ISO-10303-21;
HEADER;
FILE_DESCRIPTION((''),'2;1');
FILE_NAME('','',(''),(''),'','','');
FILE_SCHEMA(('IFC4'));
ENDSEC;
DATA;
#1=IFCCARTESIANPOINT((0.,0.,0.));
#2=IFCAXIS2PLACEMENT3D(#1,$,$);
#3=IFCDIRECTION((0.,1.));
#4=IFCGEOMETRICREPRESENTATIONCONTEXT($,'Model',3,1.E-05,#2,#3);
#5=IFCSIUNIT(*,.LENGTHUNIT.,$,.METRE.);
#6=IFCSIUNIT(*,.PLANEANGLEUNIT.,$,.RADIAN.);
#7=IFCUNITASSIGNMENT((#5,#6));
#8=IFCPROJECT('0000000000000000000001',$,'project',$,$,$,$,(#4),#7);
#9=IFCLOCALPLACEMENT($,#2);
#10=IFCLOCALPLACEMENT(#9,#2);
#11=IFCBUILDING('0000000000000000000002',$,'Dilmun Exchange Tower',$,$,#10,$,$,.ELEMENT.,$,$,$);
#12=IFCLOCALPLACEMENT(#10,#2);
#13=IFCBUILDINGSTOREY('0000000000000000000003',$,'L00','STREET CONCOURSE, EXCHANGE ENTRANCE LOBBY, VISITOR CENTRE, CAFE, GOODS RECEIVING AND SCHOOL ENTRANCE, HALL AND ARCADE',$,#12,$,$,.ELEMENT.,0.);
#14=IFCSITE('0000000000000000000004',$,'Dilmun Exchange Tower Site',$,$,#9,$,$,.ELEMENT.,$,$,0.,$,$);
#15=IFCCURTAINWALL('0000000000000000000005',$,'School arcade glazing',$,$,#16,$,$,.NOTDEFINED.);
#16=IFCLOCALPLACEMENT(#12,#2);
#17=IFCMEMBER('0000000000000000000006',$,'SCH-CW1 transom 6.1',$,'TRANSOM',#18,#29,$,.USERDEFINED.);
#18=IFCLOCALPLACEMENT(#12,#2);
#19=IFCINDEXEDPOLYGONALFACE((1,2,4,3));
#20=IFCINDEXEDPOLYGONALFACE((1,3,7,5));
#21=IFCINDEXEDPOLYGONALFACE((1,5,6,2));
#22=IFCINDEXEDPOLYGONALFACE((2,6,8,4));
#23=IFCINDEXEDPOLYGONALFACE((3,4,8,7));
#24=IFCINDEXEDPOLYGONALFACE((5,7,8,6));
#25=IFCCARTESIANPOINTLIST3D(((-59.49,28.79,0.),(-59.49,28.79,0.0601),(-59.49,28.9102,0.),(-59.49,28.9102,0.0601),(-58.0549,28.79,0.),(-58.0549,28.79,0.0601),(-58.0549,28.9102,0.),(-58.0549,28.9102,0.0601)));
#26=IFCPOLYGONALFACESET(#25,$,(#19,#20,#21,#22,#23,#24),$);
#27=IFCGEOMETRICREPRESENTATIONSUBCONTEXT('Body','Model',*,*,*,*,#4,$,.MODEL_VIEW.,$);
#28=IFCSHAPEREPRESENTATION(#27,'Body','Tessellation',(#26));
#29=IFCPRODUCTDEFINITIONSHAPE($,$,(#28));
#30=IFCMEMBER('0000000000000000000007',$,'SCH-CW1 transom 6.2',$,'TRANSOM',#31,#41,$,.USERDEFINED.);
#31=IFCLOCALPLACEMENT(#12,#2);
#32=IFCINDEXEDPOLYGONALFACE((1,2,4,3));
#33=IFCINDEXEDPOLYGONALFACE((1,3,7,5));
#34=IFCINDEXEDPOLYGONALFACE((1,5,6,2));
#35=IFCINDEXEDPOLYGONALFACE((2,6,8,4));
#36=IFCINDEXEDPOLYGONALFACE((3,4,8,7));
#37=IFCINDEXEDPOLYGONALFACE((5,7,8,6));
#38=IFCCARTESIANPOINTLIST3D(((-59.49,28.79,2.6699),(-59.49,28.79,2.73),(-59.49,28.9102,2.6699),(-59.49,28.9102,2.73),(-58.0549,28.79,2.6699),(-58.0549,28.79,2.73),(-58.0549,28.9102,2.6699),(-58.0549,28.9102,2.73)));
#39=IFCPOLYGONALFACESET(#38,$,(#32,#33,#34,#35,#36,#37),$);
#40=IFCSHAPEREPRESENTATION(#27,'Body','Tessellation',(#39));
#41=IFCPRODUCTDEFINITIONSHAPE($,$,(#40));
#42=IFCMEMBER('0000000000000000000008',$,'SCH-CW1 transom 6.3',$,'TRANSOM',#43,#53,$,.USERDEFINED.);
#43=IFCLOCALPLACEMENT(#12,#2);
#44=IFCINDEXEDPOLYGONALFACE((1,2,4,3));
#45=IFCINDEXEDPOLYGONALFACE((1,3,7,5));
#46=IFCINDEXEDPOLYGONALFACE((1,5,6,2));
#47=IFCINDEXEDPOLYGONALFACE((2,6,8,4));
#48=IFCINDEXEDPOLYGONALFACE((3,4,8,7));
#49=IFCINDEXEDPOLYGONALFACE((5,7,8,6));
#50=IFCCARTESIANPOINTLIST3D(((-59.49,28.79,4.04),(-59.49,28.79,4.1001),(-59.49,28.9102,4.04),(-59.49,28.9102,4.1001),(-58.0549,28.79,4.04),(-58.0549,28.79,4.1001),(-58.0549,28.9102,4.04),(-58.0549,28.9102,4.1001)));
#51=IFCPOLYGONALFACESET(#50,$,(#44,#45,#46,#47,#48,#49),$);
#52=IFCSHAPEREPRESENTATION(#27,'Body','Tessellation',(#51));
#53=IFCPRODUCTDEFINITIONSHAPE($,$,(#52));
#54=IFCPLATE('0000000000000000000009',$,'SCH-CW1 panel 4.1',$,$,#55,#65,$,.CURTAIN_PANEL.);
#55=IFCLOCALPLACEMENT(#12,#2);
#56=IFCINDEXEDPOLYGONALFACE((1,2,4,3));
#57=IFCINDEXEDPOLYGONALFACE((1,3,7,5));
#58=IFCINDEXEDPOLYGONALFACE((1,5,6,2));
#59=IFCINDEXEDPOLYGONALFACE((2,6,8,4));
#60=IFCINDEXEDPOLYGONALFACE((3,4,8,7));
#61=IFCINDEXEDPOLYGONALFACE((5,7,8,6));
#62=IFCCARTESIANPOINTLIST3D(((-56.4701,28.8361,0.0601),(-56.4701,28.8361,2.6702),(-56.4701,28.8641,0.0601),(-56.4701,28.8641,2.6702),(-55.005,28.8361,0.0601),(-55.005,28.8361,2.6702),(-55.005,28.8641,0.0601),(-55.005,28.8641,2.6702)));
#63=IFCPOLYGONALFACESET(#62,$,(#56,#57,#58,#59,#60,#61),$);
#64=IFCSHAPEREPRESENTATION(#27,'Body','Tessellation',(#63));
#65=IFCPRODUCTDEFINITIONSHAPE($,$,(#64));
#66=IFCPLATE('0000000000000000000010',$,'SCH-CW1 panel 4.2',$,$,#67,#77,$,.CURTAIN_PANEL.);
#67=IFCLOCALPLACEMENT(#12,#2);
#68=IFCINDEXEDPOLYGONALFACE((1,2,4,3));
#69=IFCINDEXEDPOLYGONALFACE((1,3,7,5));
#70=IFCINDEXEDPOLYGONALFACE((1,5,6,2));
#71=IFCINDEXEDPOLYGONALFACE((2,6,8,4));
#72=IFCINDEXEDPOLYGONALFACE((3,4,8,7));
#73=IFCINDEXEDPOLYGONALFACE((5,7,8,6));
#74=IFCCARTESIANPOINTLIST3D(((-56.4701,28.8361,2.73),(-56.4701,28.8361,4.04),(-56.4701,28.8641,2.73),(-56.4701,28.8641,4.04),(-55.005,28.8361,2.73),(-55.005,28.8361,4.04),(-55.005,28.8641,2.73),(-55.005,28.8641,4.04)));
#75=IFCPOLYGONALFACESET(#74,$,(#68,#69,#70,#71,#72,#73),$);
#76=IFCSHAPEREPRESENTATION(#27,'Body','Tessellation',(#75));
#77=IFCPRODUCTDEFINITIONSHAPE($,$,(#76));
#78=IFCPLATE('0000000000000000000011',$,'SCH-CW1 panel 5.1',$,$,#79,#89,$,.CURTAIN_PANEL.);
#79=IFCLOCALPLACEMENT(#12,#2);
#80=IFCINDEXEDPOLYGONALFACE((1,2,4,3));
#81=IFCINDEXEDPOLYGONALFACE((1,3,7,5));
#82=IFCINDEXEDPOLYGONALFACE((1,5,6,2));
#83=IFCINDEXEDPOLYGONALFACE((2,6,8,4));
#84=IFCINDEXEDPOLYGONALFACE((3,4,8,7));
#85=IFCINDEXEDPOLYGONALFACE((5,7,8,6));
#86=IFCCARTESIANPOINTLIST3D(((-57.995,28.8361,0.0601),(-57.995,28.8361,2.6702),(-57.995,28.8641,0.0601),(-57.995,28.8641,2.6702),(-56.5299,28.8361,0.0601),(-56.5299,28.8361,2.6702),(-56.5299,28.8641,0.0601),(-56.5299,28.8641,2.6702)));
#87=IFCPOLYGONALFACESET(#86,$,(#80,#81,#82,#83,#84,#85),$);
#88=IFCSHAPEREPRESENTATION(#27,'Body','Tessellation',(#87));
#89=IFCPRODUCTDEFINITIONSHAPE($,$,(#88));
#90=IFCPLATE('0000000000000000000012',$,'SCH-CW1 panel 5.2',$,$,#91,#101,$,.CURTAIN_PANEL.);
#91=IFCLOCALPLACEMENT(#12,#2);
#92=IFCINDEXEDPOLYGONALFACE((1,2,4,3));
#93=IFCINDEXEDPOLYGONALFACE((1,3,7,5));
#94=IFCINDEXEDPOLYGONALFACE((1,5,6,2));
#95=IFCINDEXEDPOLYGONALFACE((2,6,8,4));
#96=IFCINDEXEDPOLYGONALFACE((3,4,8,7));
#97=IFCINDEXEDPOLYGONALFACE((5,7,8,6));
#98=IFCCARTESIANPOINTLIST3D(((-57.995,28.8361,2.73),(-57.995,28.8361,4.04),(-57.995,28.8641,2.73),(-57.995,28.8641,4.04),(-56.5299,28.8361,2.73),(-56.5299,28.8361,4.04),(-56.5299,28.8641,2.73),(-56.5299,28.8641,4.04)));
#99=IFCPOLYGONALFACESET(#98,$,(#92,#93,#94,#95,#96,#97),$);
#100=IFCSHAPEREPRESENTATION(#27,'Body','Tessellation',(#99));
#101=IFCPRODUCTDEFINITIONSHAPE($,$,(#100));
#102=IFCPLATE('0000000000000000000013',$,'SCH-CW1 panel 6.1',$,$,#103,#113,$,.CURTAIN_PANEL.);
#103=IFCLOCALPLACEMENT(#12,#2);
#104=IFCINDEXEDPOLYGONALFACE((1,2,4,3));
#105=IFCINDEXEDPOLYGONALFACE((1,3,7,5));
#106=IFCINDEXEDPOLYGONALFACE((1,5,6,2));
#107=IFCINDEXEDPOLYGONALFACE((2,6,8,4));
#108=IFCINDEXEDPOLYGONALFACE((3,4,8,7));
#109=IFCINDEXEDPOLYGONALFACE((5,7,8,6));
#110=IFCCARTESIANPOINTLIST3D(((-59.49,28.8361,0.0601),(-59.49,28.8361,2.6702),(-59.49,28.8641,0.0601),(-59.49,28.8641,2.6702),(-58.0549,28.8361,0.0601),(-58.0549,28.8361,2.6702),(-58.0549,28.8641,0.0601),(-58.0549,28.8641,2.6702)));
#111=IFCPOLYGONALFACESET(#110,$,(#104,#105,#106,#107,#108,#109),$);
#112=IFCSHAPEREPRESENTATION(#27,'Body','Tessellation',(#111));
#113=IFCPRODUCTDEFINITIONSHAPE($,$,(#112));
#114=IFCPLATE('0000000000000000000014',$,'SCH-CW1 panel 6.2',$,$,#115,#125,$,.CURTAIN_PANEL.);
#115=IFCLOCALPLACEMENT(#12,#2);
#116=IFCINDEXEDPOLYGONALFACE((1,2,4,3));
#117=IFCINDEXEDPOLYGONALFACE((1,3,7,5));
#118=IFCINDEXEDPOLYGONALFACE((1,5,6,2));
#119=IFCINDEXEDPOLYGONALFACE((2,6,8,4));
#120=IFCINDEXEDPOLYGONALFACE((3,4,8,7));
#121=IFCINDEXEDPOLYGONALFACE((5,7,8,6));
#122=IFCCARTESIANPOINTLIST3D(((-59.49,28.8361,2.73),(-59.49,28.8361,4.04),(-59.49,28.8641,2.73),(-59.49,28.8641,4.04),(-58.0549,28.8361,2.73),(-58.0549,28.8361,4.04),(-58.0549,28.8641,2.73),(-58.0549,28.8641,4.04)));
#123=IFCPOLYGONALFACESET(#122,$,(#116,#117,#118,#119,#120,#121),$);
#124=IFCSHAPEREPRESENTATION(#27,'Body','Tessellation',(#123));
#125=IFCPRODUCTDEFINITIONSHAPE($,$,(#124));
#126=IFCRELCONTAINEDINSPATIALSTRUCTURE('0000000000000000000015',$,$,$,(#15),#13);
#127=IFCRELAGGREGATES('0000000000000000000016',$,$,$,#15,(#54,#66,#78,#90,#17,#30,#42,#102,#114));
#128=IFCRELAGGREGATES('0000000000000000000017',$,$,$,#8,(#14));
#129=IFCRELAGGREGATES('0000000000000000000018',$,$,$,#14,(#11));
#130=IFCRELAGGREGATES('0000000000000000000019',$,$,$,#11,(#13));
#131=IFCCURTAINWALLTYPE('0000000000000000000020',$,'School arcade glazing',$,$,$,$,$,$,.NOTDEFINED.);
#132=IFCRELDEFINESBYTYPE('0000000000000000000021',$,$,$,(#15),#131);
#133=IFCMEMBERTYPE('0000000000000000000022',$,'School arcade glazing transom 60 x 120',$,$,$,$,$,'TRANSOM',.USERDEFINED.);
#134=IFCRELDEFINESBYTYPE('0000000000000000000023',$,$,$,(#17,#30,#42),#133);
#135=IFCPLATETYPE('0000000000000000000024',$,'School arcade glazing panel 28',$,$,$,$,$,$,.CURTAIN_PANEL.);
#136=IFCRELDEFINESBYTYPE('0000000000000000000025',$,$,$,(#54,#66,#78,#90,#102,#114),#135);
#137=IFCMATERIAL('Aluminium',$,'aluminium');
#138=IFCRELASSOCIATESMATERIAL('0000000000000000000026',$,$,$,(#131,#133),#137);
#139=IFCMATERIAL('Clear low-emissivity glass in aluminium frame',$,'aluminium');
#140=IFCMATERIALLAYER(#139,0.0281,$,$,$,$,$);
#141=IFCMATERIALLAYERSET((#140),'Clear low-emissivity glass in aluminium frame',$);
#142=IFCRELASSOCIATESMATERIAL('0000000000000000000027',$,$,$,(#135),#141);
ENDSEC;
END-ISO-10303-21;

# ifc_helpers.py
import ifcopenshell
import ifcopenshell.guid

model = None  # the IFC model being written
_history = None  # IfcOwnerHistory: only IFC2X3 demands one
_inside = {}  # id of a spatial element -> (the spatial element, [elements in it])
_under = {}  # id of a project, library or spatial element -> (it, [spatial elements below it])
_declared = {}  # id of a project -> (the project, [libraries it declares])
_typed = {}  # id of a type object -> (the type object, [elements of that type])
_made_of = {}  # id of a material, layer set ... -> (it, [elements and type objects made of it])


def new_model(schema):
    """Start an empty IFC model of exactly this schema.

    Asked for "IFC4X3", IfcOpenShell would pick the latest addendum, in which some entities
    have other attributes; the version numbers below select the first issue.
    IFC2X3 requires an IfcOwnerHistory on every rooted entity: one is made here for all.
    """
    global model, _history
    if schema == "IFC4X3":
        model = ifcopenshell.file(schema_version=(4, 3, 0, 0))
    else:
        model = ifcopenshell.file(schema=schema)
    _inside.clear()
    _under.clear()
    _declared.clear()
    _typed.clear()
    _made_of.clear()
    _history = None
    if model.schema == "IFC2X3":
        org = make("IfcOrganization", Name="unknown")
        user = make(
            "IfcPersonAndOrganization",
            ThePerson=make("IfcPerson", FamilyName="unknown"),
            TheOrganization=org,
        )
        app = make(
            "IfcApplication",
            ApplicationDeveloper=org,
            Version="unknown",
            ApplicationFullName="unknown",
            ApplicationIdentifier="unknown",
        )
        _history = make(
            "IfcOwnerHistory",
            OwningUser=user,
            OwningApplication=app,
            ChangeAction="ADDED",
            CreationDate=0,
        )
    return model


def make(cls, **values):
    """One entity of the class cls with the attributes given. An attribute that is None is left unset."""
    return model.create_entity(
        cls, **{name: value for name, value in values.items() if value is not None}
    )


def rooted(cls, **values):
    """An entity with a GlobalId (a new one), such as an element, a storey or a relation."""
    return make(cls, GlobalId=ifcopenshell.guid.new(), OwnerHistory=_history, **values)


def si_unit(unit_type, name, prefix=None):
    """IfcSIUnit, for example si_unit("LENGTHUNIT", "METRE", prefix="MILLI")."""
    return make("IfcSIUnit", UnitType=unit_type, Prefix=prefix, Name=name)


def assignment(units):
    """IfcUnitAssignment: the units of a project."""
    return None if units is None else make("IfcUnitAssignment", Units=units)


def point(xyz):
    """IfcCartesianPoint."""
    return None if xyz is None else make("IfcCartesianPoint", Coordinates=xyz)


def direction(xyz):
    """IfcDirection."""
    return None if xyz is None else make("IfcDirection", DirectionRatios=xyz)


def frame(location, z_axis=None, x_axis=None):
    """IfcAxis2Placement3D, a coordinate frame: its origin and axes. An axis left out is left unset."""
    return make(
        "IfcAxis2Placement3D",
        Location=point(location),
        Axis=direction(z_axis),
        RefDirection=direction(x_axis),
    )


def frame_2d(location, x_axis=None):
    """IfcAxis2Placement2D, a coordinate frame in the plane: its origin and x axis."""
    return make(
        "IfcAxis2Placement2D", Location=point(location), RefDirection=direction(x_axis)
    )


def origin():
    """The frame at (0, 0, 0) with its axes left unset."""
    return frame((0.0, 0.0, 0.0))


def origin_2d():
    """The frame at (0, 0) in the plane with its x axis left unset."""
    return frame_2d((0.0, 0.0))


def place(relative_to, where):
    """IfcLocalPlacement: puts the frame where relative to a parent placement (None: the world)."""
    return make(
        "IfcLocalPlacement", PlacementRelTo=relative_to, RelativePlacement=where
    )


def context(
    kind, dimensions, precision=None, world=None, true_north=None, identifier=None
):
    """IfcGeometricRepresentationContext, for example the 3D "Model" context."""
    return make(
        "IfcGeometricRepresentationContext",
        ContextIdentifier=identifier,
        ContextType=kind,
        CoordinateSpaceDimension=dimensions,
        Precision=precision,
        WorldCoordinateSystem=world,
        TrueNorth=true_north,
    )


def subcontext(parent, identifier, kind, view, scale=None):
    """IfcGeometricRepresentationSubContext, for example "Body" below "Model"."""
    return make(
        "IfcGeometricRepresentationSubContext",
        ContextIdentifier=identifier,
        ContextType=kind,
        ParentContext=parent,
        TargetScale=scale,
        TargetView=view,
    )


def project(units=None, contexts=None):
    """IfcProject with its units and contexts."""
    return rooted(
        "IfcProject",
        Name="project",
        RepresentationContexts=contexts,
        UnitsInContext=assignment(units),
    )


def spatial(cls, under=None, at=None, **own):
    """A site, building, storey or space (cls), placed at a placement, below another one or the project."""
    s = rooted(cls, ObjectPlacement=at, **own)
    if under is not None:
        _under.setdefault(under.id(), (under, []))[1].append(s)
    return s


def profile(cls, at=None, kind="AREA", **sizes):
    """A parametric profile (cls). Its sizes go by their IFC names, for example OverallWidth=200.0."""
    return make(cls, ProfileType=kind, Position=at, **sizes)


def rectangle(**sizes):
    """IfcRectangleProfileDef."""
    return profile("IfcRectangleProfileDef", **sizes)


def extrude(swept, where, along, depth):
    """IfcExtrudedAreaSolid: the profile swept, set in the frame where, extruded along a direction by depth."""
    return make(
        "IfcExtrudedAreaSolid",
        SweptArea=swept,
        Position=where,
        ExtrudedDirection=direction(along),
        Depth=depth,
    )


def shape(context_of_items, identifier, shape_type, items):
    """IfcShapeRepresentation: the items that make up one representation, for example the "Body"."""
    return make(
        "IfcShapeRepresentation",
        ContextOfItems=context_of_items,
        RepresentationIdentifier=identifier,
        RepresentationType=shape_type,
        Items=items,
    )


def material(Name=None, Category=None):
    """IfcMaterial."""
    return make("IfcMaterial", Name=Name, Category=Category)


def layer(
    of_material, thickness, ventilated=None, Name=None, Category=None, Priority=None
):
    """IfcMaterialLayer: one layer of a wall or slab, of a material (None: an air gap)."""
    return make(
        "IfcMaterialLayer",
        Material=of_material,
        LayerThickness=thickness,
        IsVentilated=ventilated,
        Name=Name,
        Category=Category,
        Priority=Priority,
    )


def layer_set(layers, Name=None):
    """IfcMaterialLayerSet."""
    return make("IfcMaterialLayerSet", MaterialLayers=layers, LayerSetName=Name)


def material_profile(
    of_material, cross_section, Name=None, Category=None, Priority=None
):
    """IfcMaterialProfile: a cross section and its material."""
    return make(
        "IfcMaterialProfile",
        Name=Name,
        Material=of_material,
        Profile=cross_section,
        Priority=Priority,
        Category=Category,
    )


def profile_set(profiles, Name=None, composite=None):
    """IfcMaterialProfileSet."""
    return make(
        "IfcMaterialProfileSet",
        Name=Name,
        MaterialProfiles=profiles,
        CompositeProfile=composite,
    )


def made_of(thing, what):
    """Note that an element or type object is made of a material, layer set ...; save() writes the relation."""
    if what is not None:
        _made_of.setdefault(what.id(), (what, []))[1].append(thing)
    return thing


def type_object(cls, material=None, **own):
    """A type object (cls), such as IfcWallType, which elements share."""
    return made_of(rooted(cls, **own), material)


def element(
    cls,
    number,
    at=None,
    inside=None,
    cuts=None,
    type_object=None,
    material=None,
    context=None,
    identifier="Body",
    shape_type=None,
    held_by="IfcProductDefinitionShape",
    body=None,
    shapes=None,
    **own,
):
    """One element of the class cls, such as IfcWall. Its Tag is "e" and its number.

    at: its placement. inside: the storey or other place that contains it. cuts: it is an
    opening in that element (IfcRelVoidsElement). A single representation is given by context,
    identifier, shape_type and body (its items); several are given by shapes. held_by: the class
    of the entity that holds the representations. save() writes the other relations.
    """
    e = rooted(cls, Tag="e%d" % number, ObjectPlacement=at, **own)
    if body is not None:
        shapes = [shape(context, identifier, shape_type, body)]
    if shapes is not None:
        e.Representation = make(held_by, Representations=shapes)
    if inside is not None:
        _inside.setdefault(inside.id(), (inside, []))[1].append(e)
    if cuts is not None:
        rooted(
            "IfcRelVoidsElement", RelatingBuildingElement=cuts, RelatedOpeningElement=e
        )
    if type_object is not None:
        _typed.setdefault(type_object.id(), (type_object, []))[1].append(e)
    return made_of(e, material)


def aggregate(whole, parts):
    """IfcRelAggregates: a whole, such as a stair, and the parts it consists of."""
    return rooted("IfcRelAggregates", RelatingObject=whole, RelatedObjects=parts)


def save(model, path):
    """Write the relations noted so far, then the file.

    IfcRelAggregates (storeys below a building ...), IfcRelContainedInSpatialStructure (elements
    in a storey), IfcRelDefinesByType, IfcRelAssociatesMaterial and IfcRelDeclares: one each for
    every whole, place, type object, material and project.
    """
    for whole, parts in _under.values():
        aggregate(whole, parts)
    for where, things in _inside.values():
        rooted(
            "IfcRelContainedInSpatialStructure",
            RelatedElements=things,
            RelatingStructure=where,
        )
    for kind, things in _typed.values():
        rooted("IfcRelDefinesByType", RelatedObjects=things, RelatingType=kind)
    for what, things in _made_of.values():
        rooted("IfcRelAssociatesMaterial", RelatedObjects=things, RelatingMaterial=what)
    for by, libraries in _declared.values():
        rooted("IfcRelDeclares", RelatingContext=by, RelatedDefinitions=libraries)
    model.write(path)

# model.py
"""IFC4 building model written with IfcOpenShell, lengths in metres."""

from ifc_helpers import new_model, si_unit, direction, frame, origin, origin_2d, place, context, subcontext, project, spatial, rectangle, extrude, material, layer, layer_set, material_profile, profile_set, type_object, element, aggregate, save


model = new_model("IFC4")

# Units and contexts
model_context = context("Model", 3, precision=1e-05, world=origin(), true_north=direction((0.0, 1.0)))
body_context = subcontext(model_context, "Body", "Model", "MODEL_VIEW")
ifc_project = project(units=[si_unit("LENGTHUNIT", "METRE"), si_unit("PLANEANGLEUNIT", "RADIAN")], contexts=[model_context])

# Site, building, storey
site_placement = place(None, origin())
site = spatial("IfcSite", under=ifc_project, at=site_placement, Name="Dilmun Exchange Tower Site", CompositionType="ELEMENT", RefElevation=0.0)
building_placement = place(site_placement, origin())
building = spatial("IfcBuilding", under=site, at=building_placement, Name="Dilmun Exchange Tower", CompositionType="ELEMENT")
storey_placement = place(building_placement, origin())
storey = spatial("IfcBuildingStorey", under=building, at=storey_placement, Name="L00", Description="STREET CONCOURSE, EXCHANGE ENTRANCE LOBBY, VISITOR CENTRE, CAFE, GOODS RECEIVING AND SCHOOL ENTRANCE, HALL AND ARCADE", CompositionType="ELEMENT", Elevation=0.0)

# Curtain wall, members, plates
ifc_material_1 = material(Name="Aluminium", Category="aluminium")
curtain_wall_type = type_object("IfcCurtainWallType", Name="School arcade glazing", PredefinedType="NOTDEFINED", material=ifc_material_1)
curtain_wall_placement = place(storey_placement, origin())
curtain_wall = element("IfcCurtainWall", 1, at=curtain_wall_placement, inside=storey, type_object=curtain_wall_type, Name="School arcade glazing", PredefinedType="NOTDEFINED")
ifc_material_profile_1 = material_profile(ifc_material_1, rectangle(XDim=0.1201, YDim=0.0601, at=origin_2d()), Name="60 x 120")
ifc_profile_set_1 = profile_set([ifc_material_profile_1], Name="Aluminium")
member_type_1 = type_object("IfcMemberType", Name="School arcade glazing transom 60 x 120", ElementType="TRANSOM", PredefinedType="USERDEFINED", material=ifc_profile_set_1)
member_1_placement = place(storey_placement, frame((-58.0549, 28.8501, 0.03), z_axis=(-1.0, 0.0, 0.0), x_axis=(0.0, -1.0, 0.0)))
member_1 = element("IfcMember", 2, at=member_1_placement, type_object=member_type_1, Name="SCH-CW1 transom 6.1", ObjectType="TRANSOM", PredefinedType="USERDEFINED", context=body_context, shape_type="SweptSolid", body=[
    extrude(rectangle(XDim=0.1201, YDim=0.0601, at=origin_2d()), origin(), (0.0, 0.0, 1.0), 1.4351),
])
member_2_placement = place(storey_placement, frame((-58.0549, 28.8501, 2.7), z_axis=(-1.0, 0.0, 0.0), x_axis=(0.0, -1.0, 0.0)))
member_2 = element("IfcMember", 3, at=member_2_placement, type_object=member_type_1, Name="SCH-CW1 transom 6.2", ObjectType="TRANSOM", PredefinedType="USERDEFINED", context=body_context, shape_type="SweptSolid", body=[
    extrude(rectangle(XDim=0.1201, YDim=0.0601, at=origin_2d()), origin(), (0.0, 0.0, 1.0), 1.4351),
])
member_3_placement = place(storey_placement, frame((-58.0549, 28.8501, 4.0701), z_axis=(-1.0, 0.0, 0.0), x_axis=(0.0, -1.0, 0.0)))
member_3 = element("IfcMember", 4, at=member_3_placement, type_object=member_type_1, Name="SCH-CW1 transom 6.3", ObjectType="TRANSOM", PredefinedType="USERDEFINED", context=body_context, shape_type="SweptSolid", body=[
    extrude(rectangle(XDim=0.1201, YDim=0.0601, at=origin_2d()), origin(), (0.0, 0.0, 1.0), 1.4351),
])
ifc_material_2 = material(Name="Clear low-emissivity glass in aluminium frame", Category="aluminium")
ifc_layer = layer(ifc_material_2, 0.0281)
ifc_layer_set = layer_set([ifc_layer], Name="Clear low-emissivity glass in aluminium frame")
plate_type = type_object("IfcPlateType", Name="School arcade glazing panel 28", PredefinedType="CURTAIN_PANEL", material=ifc_layer_set)
plate_1_placement = place(storey_placement, frame((-55.7375, 28.8501, 0.0601), z_axis=(0.0, 0.0, 1.0), x_axis=(-1.0, 0.0, 0.0)))
plate_1 = element("IfcPlate", 5, at=plate_1_placement, type_object=plate_type, Name="SCH-CW1 panel 4.1", PredefinedType="CURTAIN_PANEL", context=body_context, shape_type="SweptSolid", body=[
    extrude(rectangle(XDim=1.4651, YDim=0.0281, at=origin_2d()), origin(), (0.0, 0.0, 1.0), 2.6101),
])
plate_2_placement = place(storey_placement, frame((-55.7375, 28.8501, 2.73), z_axis=(0.0, 0.0, 1.0), x_axis=(-1.0, 0.0, 0.0)))
plate_2 = element("IfcPlate", 6, at=plate_2_placement, type_object=plate_type, Name="SCH-CW1 panel 4.2", PredefinedType="CURTAIN_PANEL", context=body_context, shape_type="SweptSolid", body=[
    extrude(rectangle(XDim=1.4651, YDim=0.0281, at=origin_2d()), origin(), (0.0, 0.0, 1.0), 1.3101),
])
plate_3_placement = place(storey_placement, frame((-57.2625, 28.8501, 0.0601), z_axis=(0.0, 0.0, 1.0), x_axis=(-1.0, 0.0, 0.0)))
plate_3 = element("IfcPlate", 7, at=plate_3_placement, type_object=plate_type, Name="SCH-CW1 panel 5.1", PredefinedType="CURTAIN_PANEL", context=body_context, shape_type="SweptSolid", body=[
    extrude(rectangle(XDim=1.4651, YDim=0.0281, at=origin_2d()), origin(), (0.0, 0.0, 1.0), 2.6101),
])
plate_4_placement = place(storey_placement, frame((-57.2625, 28.8501, 2.73), z_axis=(0.0, 0.0, 1.0), x_axis=(-1.0, 0.0, 0.0)))
plate_4 = element("IfcPlate", 8, at=plate_4_placement, type_object=plate_type, Name="SCH-CW1 panel 5.2", PredefinedType="CURTAIN_PANEL", context=body_context, shape_type="SweptSolid", body=[
    extrude(rectangle(XDim=1.4651, YDim=0.0281, at=origin_2d()), origin(), (0.0, 0.0, 1.0), 1.3101),
])
plate_5_placement = place(storey_placement, frame((-58.7725, 28.8501, 0.0601), z_axis=(0.0, 0.0, 1.0), x_axis=(-1.0, 0.0, 0.0)))
plate_5 = element("IfcPlate", 9, at=plate_5_placement, type_object=plate_type, Name="SCH-CW1 panel 6.1", PredefinedType="CURTAIN_PANEL", context=body_context, shape_type="SweptSolid", body=[
    extrude(rectangle(XDim=1.4351, YDim=0.0281, at=origin_2d()), origin(), (0.0, 0.0, 1.0), 2.6101),
])
plate_6_placement = place(storey_placement, frame((-58.7725, 28.8501, 2.73), z_axis=(0.0, 0.0, 1.0), x_axis=(-1.0, 0.0, 0.0)))
plate_6 = element("IfcPlate", 10, at=plate_6_placement, type_object=plate_type, Name="SCH-CW1 panel 6.2", PredefinedType="CURTAIN_PANEL", context=body_context, shape_type="SweptSolid", body=[
    extrude(rectangle(XDim=1.4351, YDim=0.0281, at=origin_2d()), origin(), (0.0, 0.0, 1.0), 1.3101),
])
aggregate(curtain_wall, [plate_1, plate_2, plate_3, plate_4, member_1, member_2, member_3, plate_5, plate_6])

save(model, "model.ifc")
